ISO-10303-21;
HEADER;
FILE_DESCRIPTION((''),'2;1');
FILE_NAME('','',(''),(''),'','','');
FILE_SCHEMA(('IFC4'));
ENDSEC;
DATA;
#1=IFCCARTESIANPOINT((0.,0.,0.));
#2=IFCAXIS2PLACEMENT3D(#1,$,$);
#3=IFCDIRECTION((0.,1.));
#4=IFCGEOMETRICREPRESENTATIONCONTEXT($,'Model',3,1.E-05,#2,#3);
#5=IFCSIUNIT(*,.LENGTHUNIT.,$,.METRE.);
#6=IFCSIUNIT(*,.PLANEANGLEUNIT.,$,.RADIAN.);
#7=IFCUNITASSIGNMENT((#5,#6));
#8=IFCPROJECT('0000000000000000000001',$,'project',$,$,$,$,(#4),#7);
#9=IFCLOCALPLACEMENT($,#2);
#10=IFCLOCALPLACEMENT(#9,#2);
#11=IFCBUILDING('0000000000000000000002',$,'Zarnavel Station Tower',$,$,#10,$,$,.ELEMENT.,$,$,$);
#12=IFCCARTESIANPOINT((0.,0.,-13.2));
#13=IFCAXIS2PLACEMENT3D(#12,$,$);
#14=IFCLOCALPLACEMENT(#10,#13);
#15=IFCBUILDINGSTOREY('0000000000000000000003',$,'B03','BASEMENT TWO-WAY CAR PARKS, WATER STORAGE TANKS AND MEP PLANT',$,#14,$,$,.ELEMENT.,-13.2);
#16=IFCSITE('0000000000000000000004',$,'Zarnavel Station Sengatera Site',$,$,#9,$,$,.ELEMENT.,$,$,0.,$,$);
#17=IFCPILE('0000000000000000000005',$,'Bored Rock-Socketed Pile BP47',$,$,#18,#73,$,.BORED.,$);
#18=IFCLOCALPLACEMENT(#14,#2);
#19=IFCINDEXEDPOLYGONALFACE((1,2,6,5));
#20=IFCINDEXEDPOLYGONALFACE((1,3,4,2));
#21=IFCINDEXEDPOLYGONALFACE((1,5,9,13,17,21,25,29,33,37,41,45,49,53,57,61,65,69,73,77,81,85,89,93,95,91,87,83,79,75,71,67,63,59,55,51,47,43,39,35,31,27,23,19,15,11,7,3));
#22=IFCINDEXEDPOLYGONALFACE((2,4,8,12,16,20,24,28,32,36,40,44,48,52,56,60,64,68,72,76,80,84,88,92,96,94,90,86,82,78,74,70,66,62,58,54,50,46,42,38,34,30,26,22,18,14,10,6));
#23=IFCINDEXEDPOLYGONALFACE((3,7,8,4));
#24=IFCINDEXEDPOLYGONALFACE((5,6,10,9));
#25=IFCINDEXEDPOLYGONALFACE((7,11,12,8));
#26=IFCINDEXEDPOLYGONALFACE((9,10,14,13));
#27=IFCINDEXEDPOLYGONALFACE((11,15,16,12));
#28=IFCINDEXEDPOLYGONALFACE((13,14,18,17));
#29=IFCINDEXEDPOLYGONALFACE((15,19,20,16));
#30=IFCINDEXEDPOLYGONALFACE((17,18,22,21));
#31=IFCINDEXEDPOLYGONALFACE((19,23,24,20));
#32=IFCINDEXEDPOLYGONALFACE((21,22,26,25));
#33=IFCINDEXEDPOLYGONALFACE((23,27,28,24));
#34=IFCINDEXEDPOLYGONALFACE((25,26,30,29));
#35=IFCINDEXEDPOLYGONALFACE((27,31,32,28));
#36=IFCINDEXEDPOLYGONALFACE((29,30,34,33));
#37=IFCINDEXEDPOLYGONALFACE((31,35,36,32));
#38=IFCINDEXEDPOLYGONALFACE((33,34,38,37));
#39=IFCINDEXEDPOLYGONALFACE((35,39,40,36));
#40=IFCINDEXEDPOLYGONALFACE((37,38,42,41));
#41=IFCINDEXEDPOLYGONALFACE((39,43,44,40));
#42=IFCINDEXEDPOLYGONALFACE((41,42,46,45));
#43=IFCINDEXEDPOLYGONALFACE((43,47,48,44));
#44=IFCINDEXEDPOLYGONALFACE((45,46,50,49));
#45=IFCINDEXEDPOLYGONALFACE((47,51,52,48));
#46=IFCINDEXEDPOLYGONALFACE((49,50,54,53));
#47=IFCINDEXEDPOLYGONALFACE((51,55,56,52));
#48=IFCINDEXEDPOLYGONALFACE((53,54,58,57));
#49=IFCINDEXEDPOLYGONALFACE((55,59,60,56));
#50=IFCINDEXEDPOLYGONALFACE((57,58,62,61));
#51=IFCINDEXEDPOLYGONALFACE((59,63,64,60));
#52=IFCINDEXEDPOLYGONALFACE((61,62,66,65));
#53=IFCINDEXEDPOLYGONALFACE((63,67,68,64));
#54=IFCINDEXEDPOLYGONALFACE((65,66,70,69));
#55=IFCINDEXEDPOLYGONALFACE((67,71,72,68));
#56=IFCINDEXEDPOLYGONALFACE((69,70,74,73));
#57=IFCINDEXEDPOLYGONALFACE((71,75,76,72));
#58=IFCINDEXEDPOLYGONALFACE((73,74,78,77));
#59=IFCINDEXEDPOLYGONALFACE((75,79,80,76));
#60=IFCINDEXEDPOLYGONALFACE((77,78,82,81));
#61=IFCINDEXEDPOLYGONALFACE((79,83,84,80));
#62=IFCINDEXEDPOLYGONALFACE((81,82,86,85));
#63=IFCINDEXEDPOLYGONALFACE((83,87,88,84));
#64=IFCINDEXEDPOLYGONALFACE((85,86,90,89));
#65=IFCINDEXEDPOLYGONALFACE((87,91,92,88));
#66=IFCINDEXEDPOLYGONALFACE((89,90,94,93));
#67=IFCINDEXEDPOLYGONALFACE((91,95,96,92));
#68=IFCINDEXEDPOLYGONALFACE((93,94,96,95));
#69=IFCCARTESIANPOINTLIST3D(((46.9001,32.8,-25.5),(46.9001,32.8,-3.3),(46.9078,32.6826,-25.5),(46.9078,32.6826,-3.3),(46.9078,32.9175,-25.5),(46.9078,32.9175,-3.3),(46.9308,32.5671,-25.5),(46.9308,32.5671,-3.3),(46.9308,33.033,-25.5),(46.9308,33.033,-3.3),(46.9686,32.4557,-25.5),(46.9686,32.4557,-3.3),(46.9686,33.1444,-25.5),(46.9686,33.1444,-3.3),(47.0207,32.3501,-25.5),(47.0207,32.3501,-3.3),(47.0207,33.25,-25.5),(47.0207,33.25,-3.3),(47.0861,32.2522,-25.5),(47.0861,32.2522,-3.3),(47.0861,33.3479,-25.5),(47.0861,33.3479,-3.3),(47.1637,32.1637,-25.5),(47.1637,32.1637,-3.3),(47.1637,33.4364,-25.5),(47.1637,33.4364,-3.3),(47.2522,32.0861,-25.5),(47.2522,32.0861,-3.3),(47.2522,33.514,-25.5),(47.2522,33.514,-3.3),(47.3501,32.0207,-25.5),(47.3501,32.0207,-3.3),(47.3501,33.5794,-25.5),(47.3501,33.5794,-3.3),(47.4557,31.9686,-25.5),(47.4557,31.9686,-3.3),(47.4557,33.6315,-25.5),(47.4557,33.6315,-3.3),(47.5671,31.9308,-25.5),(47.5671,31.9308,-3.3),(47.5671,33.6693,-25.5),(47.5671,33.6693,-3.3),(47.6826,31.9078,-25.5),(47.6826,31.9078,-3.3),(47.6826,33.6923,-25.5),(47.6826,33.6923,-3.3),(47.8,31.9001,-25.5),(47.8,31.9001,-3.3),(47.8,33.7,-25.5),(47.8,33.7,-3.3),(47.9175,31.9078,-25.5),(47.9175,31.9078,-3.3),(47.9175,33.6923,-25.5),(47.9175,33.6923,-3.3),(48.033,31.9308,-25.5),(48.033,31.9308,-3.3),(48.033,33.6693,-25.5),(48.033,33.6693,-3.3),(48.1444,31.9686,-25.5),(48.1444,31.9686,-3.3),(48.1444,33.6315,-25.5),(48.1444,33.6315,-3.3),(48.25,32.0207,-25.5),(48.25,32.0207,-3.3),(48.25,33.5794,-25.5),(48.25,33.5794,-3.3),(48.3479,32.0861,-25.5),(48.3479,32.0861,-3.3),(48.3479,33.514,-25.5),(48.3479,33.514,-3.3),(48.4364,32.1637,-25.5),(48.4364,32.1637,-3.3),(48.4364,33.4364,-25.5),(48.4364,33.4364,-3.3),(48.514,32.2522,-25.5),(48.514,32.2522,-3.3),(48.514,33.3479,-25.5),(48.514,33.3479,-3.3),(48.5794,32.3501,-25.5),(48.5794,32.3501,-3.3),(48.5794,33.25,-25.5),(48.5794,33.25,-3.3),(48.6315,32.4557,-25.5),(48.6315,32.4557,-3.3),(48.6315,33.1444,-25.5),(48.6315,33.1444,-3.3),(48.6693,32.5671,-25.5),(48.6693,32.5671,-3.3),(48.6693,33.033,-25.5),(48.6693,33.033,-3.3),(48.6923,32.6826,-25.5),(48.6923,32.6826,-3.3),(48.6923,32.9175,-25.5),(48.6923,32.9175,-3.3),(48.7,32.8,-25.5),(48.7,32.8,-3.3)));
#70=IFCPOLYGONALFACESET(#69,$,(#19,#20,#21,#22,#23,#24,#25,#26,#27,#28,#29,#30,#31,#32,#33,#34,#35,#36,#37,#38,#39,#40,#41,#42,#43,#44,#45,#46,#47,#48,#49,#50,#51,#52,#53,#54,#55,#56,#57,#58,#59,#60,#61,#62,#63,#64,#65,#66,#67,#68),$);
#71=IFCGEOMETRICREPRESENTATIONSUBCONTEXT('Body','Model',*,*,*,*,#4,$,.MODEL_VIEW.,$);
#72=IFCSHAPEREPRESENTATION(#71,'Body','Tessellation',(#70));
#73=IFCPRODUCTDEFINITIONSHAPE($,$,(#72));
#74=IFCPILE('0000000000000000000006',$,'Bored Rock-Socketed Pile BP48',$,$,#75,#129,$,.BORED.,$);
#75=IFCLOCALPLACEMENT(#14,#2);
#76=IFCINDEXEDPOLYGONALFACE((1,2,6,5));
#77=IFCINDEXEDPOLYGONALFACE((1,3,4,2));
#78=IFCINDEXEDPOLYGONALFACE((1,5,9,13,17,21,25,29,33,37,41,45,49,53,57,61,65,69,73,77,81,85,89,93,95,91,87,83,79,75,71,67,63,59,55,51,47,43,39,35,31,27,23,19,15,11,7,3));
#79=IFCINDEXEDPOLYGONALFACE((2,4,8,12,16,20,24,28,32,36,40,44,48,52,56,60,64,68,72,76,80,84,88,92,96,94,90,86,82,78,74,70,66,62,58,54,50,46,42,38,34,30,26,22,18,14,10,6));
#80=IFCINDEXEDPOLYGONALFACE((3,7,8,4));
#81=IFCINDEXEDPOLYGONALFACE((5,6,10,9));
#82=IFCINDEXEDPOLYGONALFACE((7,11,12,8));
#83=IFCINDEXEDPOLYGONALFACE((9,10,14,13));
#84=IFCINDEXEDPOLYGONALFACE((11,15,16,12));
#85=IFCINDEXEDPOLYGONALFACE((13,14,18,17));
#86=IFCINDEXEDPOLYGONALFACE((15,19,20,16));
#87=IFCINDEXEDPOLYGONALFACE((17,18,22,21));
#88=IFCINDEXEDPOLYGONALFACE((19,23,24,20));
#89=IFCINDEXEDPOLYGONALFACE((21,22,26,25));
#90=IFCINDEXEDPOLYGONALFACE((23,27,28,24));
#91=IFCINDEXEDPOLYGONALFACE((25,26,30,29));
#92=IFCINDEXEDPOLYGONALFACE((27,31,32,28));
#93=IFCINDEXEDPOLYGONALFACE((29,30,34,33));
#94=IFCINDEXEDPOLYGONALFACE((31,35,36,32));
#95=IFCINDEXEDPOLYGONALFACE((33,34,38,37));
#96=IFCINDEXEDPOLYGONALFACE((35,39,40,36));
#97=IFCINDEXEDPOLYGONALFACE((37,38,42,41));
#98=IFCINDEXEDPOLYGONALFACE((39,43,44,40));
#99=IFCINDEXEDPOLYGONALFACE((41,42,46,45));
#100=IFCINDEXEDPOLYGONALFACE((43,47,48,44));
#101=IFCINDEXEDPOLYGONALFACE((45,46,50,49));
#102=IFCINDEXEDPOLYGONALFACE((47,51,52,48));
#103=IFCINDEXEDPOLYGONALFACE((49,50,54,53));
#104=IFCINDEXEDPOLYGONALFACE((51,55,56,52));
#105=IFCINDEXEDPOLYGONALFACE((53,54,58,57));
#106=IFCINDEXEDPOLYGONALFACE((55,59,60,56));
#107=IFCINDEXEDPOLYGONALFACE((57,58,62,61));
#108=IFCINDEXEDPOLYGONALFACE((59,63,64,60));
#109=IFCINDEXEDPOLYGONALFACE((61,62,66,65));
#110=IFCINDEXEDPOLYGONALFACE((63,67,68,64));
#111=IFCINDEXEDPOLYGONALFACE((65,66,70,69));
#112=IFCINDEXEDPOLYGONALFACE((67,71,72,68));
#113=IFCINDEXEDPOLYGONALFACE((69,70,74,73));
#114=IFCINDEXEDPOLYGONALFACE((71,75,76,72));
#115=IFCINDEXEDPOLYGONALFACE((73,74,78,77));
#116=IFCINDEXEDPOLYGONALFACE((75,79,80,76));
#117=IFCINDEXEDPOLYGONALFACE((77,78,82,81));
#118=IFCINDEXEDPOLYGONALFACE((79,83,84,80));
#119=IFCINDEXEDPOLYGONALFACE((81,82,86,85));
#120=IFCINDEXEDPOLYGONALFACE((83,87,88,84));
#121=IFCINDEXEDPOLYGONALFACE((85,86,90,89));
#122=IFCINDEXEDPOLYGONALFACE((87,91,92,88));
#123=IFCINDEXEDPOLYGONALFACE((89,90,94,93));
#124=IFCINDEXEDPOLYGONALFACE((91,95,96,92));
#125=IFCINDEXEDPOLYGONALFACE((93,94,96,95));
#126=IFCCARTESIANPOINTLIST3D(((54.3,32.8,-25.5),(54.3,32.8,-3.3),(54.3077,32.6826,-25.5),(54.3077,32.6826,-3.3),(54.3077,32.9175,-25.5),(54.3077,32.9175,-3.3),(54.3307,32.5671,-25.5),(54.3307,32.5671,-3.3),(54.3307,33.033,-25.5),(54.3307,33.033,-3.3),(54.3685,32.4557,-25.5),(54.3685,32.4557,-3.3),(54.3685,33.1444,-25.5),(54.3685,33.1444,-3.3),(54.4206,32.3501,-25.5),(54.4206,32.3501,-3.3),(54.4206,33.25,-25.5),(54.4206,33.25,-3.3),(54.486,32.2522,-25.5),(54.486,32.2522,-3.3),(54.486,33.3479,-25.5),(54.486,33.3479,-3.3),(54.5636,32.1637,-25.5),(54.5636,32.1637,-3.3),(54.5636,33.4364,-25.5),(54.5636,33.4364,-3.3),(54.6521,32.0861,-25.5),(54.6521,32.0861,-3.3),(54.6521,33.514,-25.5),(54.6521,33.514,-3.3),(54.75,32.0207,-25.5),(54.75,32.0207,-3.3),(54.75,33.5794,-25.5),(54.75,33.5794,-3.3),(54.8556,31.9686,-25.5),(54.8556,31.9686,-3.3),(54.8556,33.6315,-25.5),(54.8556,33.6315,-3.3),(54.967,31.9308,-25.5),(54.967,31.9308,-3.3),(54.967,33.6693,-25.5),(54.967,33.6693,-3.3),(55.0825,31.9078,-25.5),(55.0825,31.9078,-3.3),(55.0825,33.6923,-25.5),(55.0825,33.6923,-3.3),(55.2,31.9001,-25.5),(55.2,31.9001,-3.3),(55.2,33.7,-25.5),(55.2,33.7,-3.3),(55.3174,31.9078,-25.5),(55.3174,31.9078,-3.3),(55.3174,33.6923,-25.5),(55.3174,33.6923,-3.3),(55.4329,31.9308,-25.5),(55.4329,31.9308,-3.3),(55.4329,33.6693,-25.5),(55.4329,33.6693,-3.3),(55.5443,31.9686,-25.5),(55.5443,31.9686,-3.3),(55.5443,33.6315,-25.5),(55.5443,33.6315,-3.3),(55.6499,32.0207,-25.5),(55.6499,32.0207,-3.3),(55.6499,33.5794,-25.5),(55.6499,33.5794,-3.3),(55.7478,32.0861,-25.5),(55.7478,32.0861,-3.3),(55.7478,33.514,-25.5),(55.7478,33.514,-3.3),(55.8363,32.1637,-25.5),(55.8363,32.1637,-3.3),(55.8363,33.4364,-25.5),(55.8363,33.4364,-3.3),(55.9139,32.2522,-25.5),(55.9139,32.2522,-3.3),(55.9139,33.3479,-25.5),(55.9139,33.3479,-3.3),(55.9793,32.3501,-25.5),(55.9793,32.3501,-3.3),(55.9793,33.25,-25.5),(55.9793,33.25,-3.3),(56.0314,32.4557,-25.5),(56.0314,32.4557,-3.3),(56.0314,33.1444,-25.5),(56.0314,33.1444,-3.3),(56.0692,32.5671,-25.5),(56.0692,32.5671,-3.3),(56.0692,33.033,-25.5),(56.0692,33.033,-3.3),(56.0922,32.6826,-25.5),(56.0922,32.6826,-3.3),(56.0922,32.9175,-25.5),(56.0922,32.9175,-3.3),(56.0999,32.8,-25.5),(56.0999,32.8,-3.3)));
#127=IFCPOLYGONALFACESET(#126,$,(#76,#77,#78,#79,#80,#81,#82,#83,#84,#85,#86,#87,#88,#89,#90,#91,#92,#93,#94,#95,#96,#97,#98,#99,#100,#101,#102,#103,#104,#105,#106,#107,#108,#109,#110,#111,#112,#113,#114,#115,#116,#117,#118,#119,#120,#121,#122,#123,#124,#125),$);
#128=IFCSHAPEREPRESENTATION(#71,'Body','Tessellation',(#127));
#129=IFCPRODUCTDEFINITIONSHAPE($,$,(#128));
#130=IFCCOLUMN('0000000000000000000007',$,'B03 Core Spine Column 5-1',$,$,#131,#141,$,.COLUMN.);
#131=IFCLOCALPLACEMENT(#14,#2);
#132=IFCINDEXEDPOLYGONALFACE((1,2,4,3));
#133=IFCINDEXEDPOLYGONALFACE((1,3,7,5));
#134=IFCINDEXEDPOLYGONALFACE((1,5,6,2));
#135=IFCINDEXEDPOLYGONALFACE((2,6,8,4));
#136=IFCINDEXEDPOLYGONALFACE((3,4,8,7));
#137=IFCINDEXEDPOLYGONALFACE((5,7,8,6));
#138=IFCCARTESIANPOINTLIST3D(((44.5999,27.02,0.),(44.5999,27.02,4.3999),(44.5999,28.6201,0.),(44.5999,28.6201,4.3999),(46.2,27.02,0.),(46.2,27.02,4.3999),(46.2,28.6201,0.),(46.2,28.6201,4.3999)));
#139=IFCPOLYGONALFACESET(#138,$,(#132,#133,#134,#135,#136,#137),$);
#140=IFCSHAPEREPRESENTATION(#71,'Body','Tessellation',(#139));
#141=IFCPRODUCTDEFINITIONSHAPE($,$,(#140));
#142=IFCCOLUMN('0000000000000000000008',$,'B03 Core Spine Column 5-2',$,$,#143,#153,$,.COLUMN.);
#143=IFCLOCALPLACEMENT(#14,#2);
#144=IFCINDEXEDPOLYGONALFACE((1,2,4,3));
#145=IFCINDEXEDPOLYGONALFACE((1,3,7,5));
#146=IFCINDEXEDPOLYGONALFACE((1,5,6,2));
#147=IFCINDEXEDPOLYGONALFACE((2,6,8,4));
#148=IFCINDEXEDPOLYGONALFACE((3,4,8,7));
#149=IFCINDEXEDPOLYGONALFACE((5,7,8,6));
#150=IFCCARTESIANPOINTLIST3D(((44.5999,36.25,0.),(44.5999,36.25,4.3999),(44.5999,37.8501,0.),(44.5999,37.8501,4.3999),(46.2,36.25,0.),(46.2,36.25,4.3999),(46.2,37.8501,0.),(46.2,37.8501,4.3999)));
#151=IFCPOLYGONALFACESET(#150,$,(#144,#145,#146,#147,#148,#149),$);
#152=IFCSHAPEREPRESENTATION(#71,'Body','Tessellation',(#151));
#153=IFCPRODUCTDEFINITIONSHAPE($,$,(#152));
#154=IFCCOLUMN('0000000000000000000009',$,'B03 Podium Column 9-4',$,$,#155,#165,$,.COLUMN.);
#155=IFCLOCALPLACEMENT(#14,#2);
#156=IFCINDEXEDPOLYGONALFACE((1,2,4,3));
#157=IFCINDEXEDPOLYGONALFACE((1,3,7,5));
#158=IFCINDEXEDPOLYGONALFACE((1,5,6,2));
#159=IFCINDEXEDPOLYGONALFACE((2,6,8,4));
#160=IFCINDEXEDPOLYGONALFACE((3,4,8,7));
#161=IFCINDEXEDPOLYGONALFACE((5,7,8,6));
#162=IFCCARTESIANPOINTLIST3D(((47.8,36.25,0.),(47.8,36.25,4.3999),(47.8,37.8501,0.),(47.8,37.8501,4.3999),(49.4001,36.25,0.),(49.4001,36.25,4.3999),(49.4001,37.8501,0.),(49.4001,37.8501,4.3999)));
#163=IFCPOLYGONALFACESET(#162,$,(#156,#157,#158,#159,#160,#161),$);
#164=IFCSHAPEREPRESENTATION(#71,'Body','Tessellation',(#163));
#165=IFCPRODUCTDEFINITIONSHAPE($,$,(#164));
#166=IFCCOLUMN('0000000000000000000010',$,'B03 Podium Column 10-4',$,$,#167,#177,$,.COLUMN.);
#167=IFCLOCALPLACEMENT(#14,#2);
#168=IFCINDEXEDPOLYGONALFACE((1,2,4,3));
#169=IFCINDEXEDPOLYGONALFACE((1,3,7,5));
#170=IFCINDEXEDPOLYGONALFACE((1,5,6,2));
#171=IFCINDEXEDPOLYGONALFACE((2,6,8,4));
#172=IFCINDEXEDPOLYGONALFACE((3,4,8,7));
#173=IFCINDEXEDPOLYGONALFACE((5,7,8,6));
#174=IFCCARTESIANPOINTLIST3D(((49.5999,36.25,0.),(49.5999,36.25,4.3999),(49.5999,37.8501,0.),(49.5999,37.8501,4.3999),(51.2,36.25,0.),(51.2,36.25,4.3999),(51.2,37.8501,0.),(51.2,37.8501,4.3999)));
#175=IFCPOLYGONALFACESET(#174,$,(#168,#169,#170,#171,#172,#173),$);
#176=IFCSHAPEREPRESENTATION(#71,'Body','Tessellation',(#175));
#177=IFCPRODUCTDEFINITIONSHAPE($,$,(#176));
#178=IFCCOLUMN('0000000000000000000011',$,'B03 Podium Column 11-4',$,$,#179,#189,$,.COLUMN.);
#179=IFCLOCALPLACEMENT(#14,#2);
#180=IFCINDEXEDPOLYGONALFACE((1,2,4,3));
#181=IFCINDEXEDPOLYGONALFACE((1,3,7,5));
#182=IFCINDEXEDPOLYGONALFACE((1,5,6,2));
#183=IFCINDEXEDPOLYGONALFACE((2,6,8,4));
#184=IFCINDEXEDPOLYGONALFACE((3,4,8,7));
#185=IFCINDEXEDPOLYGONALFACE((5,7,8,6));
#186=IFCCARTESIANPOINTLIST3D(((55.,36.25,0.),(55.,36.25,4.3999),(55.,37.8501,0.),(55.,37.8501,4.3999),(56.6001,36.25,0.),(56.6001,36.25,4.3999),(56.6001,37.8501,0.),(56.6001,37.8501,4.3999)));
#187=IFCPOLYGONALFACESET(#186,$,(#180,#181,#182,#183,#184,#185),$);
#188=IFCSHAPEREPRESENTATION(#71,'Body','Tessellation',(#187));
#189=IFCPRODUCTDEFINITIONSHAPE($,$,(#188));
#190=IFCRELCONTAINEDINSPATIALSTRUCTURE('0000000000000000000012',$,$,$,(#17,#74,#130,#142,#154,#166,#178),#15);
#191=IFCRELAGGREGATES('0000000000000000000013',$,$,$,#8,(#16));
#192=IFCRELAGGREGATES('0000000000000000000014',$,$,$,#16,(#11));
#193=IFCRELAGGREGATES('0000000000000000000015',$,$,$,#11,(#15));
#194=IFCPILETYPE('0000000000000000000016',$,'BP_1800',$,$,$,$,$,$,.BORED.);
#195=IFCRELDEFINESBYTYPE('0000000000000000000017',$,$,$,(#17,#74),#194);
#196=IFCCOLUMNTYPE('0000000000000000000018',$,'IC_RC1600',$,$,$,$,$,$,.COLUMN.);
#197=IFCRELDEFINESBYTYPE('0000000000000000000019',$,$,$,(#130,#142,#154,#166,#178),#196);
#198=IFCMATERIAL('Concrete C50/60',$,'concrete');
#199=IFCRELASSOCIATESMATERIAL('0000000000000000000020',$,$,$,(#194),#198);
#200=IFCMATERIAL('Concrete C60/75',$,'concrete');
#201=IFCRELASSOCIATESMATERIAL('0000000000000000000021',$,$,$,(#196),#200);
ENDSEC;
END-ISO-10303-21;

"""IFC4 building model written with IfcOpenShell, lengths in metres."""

from ifc_helpers import new_model, si_unit, direction, frame, origin, origin_2d, place, context, subcontext, project, spatial, rectangle, circle, extrude, material, material_profile, profile_set, type_object, element, save


model = new_model("IFC4")

# Units and contexts
model_context = context("Model", 3, precision=1e-05, world=origin(), true_north=direction((0.0, 1.0)))
body_context = subcontext(model_context, "Body", "Model", "MODEL_VIEW")
ifc_project = project(units=[si_unit("LENGTHUNIT", "METRE"), si_unit("PLANEANGLEUNIT", "RADIAN")], contexts=[model_context])

# Site, building, storey
site_placement = place(None, origin())
site = spatial("IfcSite", under=ifc_project, at=site_placement, Name="Zarnavel Station Sengatera Site", CompositionType="ELEMENT", RefElevation=0.0)
building_placement = place(site_placement, origin())
building = spatial("IfcBuilding", under=site, at=building_placement, Name="Zarnavel Station Tower", CompositionType="ELEMENT")
storey_placement = place(building_placement, frame((0.0, 0.0, -13.2)))
storey = spatial("IfcBuildingStorey", under=building, at=storey_placement, Name="B03", Description="BASEMENT TWO-WAY CAR PARKS, WATER STORAGE TANKS AND MEP PLANT", CompositionType="ELEMENT", Elevation=-13.2)

# Piles
ifc_material_1 = material(Name="Concrete C50/60", Category="concrete")
ifc_material_profile_1 = material_profile(ifc_material_1, circle(Radius=0.8999, at=origin_2d()), Name="PILE1800")
ifc_profile_set_1 = profile_set([ifc_material_profile_1], Name="Concrete C50/60")
pile_type = type_object("IfcPileType", Name="BP_1800", PredefinedType="BORED", material=ifc_profile_set_1)
for number, where, z_axis, x_axis, name in (
    (1, (47.8, 32.8, -3.3), (0.0, 0.0, -1.0), (1.0, 0.0, 0.0), "Bored Rock-Socketed Pile BP47"),
    (2, (55.2, 32.8, -3.3), (0.0, 0.0, -1.0), (1.0, 0.0, 0.0), "Bored Rock-Socketed Pile BP48"),
):
    element("IfcPile", number, at=place(storey_placement, frame(where, z_axis=z_axis, x_axis=x_axis)), inside=storey, type_object=pile_type, Name=name, PredefinedType="BORED", context=body_context, shape_type="SweptSolid", body=[
        extrude(circle(Radius=0.8999, at=origin_2d()), origin(), (0.0, 0.0, 1.0), 22.2),
    ])

# Columns
ifc_material_2 = material(Name="Concrete C60/75", Category="concrete")
ifc_material_profile_2 = material_profile(ifc_material_2, rectangle(XDim=1.6001, YDim=1.6001, at=origin_2d()), Name="RC1600x1600")
ifc_profile_set_2 = profile_set([ifc_material_profile_2], Name="Concrete C60/75")
column_type = type_object("IfcColumnType", Name="IC_RC1600", PredefinedType="COLUMN", material=ifc_profile_set_2)
for number, where, z_axis, x_axis, name in (
    (3, (45.3999, 27.8201, 0.0), (0.0, 0.0, 1.0), (1.0, 0.0, 0.0), "B03 Core Spine Column 5-1"),
    (4, (45.3999, 37.05, 0.0), (0.0, 0.0, 1.0), (1.0, 0.0, 0.0), "B03 Core Spine Column 5-2"),
    (5, (48.6001, 37.05, 0.0), (0.0, 0.0, 1.0), (1.0, 0.0, 0.0), "B03 Podium Column 9-4"),
    (6, (50.3999, 37.05, 0.0), (0.0, 0.0, 1.0), (1.0, 0.0, 0.0), "B03 Podium Column 10-4"),
    (7, (55.8, 37.05, 0.0), (0.0, 0.0, 1.0), (1.0, 0.0, 0.0), "B03 Podium Column 11-4"),
):
    element("IfcColumn", number, at=place(storey_placement, frame(where, z_axis=z_axis, x_axis=x_axis)), inside=storey, type_object=column_type, Name=name, PredefinedType="COLUMN", context=body_context, shape_type="SweptSolid", body=[
        extrude(rectangle(XDim=1.6001, YDim=1.6001, at=origin_2d()), origin(), (0.0, 0.0, 1.0), 4.3999),
    ])

save(model, "model.ifc")
